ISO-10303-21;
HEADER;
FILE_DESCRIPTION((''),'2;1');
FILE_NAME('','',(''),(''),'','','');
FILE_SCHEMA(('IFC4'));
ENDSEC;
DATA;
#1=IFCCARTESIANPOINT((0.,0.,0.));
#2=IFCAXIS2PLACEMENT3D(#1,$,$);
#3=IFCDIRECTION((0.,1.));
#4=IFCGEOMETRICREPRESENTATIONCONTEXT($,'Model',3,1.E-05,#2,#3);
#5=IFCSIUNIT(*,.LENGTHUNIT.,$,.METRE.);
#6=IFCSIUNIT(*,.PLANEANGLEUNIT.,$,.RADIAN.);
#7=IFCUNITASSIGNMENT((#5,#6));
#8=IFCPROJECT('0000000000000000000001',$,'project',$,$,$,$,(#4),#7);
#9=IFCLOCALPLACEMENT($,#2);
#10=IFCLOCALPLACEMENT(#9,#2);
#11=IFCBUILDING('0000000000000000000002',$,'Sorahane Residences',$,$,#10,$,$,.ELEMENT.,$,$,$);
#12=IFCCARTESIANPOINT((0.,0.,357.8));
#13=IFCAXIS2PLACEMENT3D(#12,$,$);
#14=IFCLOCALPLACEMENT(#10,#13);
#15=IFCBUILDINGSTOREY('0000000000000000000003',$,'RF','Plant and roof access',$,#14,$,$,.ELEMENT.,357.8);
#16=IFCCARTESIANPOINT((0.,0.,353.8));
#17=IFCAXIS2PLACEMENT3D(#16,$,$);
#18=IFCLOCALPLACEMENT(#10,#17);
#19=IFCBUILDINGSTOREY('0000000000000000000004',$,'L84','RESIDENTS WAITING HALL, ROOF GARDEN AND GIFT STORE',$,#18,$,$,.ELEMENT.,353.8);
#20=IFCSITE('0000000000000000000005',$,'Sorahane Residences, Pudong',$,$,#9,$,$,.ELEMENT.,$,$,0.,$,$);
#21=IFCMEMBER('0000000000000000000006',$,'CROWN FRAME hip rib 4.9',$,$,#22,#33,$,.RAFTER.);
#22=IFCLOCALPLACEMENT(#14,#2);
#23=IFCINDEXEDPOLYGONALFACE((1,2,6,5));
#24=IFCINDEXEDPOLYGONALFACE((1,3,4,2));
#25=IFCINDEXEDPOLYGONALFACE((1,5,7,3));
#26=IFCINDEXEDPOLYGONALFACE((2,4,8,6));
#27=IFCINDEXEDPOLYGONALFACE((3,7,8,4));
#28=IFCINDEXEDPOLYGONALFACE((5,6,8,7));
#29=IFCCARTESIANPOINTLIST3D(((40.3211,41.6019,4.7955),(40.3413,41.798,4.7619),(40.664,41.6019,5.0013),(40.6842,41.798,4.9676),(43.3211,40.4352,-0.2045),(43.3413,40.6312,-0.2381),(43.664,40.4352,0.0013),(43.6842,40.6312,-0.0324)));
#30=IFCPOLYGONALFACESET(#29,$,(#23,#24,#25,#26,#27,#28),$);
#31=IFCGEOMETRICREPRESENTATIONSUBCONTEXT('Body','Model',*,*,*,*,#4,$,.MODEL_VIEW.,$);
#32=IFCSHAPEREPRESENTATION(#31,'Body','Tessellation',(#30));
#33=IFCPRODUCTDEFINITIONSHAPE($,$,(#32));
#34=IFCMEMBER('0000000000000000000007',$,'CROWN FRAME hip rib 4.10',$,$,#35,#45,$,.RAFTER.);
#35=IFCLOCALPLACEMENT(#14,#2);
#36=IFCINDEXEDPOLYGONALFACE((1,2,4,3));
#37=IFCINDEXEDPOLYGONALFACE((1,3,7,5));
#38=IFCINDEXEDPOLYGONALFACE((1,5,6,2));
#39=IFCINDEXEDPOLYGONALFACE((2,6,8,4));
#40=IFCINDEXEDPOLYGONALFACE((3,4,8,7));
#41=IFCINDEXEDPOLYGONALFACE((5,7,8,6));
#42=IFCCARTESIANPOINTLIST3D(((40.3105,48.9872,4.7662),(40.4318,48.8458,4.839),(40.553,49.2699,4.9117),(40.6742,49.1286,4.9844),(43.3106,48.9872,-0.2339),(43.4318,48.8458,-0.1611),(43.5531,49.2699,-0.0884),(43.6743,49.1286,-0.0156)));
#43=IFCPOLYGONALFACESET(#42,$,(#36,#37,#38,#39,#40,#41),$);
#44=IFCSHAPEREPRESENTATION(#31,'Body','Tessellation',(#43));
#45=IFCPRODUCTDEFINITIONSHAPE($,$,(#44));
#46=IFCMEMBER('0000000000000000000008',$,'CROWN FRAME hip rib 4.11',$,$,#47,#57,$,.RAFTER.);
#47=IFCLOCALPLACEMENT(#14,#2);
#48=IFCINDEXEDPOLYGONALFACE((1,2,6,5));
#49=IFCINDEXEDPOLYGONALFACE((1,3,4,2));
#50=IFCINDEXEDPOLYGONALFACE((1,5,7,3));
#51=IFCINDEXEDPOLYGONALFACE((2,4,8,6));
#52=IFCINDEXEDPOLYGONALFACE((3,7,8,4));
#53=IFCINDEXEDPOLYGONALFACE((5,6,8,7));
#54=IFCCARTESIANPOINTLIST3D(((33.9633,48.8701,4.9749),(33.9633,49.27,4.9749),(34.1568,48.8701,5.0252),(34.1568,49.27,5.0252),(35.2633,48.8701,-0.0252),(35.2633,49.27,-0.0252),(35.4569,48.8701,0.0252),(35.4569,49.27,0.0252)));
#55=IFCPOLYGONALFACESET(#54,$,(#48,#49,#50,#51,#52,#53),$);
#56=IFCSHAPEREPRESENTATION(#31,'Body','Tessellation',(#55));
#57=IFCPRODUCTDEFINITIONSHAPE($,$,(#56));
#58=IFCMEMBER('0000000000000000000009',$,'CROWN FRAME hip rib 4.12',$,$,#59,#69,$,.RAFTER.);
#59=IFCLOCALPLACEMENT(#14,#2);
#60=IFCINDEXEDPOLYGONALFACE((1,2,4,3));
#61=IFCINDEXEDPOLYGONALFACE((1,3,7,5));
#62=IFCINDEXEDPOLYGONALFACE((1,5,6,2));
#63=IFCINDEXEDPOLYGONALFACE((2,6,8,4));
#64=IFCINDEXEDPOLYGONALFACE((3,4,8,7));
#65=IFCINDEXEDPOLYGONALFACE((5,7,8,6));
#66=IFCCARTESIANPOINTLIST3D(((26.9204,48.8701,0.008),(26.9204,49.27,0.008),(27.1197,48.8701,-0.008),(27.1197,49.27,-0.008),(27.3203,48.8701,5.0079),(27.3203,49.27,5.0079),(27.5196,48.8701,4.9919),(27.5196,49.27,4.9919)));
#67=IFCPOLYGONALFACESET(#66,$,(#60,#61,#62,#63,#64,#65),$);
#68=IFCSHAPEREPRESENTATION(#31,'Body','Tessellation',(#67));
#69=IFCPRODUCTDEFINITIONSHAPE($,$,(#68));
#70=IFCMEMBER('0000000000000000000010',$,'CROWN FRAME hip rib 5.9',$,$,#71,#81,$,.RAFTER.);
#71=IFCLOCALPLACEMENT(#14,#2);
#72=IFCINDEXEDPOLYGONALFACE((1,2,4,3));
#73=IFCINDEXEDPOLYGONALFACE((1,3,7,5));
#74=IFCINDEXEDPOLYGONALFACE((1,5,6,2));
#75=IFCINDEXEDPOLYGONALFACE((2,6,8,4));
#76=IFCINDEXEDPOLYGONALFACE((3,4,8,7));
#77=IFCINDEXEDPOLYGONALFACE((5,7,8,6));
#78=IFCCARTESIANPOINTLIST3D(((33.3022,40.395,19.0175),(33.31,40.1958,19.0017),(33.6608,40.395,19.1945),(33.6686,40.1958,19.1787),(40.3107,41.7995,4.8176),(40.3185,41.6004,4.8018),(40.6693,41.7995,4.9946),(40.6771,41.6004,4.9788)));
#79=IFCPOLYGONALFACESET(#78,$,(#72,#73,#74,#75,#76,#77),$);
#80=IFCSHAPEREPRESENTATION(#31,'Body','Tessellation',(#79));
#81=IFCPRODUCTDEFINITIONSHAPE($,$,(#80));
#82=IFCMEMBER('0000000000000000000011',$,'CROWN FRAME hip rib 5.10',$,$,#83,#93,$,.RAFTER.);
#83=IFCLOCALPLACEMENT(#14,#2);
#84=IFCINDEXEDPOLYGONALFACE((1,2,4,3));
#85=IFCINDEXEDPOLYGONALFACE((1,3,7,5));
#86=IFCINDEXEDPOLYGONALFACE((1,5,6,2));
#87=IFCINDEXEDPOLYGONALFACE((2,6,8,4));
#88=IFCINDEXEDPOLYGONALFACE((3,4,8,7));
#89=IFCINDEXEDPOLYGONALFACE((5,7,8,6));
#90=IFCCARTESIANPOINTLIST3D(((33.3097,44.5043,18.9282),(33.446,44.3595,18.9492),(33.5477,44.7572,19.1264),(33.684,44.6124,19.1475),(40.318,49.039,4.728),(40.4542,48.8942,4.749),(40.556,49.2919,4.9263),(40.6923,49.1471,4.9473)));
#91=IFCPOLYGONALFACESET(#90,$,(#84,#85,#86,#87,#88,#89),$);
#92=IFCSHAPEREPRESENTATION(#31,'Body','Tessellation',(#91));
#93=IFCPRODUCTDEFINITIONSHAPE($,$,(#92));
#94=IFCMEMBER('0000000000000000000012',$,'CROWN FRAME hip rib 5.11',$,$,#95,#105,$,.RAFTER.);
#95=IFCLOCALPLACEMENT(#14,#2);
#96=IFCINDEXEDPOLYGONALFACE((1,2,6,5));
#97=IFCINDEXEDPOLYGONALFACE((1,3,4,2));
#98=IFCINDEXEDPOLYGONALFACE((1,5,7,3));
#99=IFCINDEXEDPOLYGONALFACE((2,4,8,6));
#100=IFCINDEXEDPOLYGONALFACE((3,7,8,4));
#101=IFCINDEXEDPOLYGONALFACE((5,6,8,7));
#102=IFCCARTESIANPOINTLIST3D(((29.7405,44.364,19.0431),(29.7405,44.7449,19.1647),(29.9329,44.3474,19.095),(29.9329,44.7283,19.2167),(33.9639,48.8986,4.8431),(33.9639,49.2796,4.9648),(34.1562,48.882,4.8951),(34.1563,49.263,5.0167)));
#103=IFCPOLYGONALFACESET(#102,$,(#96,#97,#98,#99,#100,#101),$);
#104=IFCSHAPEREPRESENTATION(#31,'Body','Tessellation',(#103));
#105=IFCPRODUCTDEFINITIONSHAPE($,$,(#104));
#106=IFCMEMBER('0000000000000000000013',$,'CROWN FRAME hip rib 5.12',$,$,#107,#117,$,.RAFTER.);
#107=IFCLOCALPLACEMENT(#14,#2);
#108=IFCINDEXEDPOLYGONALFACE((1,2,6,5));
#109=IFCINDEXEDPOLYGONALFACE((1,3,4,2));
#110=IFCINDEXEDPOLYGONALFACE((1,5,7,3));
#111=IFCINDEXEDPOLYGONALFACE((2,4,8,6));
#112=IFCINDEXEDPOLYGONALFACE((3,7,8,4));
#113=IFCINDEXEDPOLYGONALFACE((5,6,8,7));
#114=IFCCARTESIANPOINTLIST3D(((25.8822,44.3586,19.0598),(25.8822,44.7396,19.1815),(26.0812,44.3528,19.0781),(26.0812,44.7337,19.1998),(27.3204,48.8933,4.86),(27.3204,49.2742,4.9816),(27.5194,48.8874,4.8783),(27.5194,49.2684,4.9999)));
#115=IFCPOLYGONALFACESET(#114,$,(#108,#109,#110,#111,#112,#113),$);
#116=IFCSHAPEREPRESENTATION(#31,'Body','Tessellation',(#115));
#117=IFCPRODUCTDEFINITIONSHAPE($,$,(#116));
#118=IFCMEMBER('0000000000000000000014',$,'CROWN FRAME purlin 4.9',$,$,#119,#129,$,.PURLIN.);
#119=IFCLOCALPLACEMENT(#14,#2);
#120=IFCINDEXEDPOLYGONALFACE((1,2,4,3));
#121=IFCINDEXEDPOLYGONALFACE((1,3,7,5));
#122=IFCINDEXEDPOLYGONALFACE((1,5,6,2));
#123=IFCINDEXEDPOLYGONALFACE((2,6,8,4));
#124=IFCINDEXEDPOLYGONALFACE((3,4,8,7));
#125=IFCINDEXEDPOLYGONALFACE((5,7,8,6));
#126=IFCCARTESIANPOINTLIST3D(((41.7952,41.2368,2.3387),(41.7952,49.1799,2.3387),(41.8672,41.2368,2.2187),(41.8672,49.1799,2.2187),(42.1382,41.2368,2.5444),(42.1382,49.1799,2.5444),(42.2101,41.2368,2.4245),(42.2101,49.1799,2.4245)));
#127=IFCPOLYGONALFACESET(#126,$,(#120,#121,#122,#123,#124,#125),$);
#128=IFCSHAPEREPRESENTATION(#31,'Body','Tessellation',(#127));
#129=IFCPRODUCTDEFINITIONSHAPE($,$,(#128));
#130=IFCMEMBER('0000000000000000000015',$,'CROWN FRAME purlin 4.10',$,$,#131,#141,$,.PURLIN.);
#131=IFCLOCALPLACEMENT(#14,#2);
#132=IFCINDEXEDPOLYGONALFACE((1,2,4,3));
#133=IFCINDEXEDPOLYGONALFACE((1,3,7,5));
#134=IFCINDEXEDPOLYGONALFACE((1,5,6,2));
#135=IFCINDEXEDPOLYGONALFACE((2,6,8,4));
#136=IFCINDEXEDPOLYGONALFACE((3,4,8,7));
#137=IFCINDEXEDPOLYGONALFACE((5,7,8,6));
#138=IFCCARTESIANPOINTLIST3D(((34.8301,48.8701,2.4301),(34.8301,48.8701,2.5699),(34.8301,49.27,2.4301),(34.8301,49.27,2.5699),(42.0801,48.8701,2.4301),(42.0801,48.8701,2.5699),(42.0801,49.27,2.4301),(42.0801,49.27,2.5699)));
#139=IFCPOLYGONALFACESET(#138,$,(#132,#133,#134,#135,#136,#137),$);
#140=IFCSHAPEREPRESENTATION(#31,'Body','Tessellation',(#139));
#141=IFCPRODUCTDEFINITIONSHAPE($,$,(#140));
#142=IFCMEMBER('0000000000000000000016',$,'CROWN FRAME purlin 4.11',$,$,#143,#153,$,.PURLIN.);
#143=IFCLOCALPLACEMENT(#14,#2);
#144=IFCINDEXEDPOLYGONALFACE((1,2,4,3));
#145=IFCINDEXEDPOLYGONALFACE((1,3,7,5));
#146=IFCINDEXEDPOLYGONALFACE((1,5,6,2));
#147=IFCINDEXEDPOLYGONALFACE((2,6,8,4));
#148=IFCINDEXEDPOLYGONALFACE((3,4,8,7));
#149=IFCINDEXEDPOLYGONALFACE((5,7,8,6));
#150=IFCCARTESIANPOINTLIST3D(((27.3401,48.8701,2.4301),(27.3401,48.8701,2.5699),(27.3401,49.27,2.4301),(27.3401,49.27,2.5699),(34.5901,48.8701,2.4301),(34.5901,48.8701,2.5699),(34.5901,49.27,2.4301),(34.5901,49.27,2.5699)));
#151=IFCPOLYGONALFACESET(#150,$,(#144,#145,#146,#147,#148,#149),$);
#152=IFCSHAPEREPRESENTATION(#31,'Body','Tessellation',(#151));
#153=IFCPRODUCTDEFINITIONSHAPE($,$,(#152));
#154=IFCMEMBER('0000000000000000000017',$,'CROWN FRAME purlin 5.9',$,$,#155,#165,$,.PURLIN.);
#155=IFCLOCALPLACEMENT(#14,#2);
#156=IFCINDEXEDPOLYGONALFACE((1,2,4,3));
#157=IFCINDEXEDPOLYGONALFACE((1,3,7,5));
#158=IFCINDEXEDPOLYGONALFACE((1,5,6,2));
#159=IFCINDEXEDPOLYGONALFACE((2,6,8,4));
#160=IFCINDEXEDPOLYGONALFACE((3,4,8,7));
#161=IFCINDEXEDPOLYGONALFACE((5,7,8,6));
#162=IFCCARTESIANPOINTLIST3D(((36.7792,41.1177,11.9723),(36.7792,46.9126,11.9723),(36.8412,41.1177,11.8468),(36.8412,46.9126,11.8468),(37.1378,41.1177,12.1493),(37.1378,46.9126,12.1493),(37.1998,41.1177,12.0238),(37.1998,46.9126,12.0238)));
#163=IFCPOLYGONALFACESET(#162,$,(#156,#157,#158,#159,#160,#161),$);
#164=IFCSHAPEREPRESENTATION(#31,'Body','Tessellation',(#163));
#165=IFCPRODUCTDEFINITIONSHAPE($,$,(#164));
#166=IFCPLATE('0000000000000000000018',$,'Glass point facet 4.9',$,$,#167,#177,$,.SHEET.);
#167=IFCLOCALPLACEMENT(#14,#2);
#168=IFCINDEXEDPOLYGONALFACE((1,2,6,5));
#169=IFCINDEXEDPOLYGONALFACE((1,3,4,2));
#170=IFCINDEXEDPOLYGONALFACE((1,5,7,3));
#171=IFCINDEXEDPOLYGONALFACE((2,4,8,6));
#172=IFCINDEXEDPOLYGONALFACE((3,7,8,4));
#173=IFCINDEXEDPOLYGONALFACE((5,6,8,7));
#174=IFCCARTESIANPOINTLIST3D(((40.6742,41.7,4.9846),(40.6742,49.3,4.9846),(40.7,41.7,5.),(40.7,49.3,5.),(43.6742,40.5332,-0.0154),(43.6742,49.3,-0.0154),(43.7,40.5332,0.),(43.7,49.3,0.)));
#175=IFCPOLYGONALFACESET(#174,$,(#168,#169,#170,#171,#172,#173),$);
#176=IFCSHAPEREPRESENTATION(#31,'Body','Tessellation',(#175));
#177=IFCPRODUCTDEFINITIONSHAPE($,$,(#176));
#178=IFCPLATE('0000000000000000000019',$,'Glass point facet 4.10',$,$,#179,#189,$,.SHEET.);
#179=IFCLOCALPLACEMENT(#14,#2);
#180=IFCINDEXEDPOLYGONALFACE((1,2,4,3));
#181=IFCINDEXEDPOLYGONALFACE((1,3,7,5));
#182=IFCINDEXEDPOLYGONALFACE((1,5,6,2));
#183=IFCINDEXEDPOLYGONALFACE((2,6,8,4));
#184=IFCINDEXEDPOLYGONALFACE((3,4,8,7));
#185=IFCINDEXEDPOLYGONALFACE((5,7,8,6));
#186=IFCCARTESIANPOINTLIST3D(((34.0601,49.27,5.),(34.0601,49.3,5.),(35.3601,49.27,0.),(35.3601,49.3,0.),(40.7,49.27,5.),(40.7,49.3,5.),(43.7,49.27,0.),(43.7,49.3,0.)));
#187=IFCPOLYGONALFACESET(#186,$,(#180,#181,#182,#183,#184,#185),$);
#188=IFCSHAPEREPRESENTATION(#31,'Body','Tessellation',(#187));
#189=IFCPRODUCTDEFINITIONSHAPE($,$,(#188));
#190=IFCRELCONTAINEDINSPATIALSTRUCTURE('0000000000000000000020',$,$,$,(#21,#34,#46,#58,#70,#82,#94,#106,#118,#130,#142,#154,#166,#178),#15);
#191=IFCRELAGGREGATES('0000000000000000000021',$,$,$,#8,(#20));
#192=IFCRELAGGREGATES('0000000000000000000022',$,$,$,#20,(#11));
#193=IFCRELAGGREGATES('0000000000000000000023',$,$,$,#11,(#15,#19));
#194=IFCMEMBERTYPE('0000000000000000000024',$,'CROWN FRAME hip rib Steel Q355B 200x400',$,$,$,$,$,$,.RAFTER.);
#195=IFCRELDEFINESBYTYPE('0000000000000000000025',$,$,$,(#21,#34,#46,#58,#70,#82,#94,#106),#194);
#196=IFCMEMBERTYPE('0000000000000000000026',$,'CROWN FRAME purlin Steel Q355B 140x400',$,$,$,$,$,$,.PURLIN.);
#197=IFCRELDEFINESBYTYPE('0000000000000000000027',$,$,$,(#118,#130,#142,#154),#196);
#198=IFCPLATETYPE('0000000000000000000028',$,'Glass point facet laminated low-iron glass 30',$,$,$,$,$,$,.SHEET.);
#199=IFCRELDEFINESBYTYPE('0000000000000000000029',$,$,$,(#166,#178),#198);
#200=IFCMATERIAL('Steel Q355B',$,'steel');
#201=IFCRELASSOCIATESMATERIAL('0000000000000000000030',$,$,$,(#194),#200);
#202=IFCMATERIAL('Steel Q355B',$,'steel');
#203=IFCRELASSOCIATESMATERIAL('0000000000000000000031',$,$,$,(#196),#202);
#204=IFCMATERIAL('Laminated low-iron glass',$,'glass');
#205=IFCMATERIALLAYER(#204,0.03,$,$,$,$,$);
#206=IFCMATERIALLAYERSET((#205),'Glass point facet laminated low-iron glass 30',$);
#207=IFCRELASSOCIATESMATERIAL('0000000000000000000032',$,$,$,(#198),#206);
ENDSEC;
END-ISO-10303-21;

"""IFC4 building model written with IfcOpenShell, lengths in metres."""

from ifc_helpers import new_model, si_unit, direction, frame, origin, origin_2d, place, context, subcontext, project, spatial, polyline, rectangle, outline, extrude, material, layer, layer_set, material_profile, profile_set, type_object, element, save


model = new_model("IFC4")

# Units and contexts
model_context = context("Model", 3, precision=1e-05, world=origin(), true_north=direction((0.0, 1.0)))
body_context = subcontext(model_context, "Body", "Model", "MODEL_VIEW")
ifc_project = project(units=[si_unit("LENGTHUNIT", "METRE"), si_unit("PLANEANGLEUNIT", "RADIAN")], contexts=[model_context])

# Site, building, storey
site_placement = place(None, origin())
site = spatial("IfcSite", under=ifc_project, at=site_placement, Name="Sorahane Residences, Pudong", CompositionType="ELEMENT", RefElevation=0.0)
building_placement = place(site_placement, origin())
building = spatial("IfcBuilding", under=site, at=building_placement, Name="Sorahane Residences", CompositionType="ELEMENT")
storey_1_placement = place(building_placement, frame((0.0, 0.0, 357.8)))
storey_1 = spatial("IfcBuildingStorey", under=building, at=storey_1_placement, Name="RF", Description="Plant and roof access", CompositionType="ELEMENT", Elevation=357.8)

# Members
ifc_material_1 = material(Name="Steel Q355B", Category="steel")
ifc_material_profile_1 = material_profile(ifc_material_1, rectangle(XDim=0.2, YDim=0.3999, at=origin_2d()), Name="CROWN FRAME hip rib Steel Q355B 200x400")
ifc_profile_set_1 = profile_set([ifc_material_profile_1], Name="Steel Q355B")
member_type_1 = type_object("IfcMemberType", Name="CROWN FRAME hip rib Steel Q355B 200x400", PredefinedType="RAFTER", material=ifc_profile_set_1)
member_1_placement = place(storey_1_placement, frame((43.5027, 40.5332, -0.1184), z_axis=(-0.504495, 0.196206, 0.840826), x_axis=(-0.100964, -0.980563, 0.168236)))
element("IfcMember", 1, at=member_1_placement, inside=storey_1, type_object=member_type_1, Name="CROWN FRAME hip rib 4.9", PredefinedType="RAFTER", context=body_context, shape_type="SweptSolid", body=[
    extrude(rectangle(XDim=0.2, YDim=0.3999, at=origin_2d()), origin(), (0.0, 0.0, 1.0), 5.9465),
])
member_2_placement = place(storey_1_placement, frame((43.4924, 49.0579, -0.1248), z_axis=(-0.514496, 0.0, 0.857493), x_axis=(0.606339, -0.707107, 0.363803)))
element("IfcMember", 2, at=member_2_placement, inside=storey_1, type_object=member_type_1, Name="CROWN FRAME hip rib 4.10", PredefinedType="RAFTER", context=body_context, shape_type="SweptSolid", body=[
    extrude(rectangle(XDim=0.2, YDim=0.3999, at=origin_2d()), origin(), (0.0, 0.0, 1.0), 5.8311),
])
member_3_placement = place(storey_1_placement, frame((35.3601, 49.0701, 0.0), z_axis=(-0.251643, 0.0, 0.96782), x_axis=(0.96782, 0.0, 0.251643)))
element("IfcMember", 3, at=member_3_placement, inside=storey_1, type_object=member_type_1, Name="CROWN FRAME hip rib 4.11", PredefinedType="RAFTER", context=body_context, shape_type="SweptSolid", body=[
    extrude(rectangle(XDim=0.2, YDim=0.3999, at=origin_2d()), origin(), (0.0, 0.0, 1.0), 5.1663),
])
member_4_placement = place(storey_1_placement, frame((27.02, 49.0701, 0.0), z_axis=(0.079726, 0.0, 0.996817), x_axis=(0.996817, 0.0, -0.079726)))
element("IfcMember", 4, at=member_4_placement, inside=storey_1, type_object=member_type_1, Name="CROWN FRAME hip rib 4.12", PredefinedType="RAFTER", context=body_context, shape_type="SweptSolid", body=[
    extrude(rectangle(XDim=0.2, YDim=0.3999, at=origin_2d()), origin(), (0.0, 0.0, 1.0), 5.0159),
])
member_5_placement = place(storey_1_placement, frame((40.4939, 41.7, 4.8982), z_axis=(-0.440858, -0.08835, 0.893218), x_axis=(0.039078, -0.99609, -0.079238)))
element("IfcMember", 5, at=member_5_placement, inside=storey_1, type_object=member_type_1, Name="CROWN FRAME hip rib 5.9", PredefinedType="RAFTER", context=body_context, shape_type="SweptSolid", body=[
    extrude(rectangle(XDim=0.2, YDim=0.3999, at=origin_2d()), origin(), (0.0, 0.0, 1.0), 15.8975),
])
member_6_placement = place(storey_1_placement, frame((40.5051, 49.093, 4.8376), z_axis=(-0.425469, -0.275296, 0.862084), x_axis=(0.681625, -0.724103, 0.105172)))
element("IfcMember", 6, at=member_6_placement, inside=storey_1, type_object=member_type_1, Name="CROWN FRAME hip rib 5.10", PredefinedType="RAFTER", context=body_context, shape_type="SweptSolid", body=[
    extrude(rectangle(XDim=0.2, YDim=0.3999, at=origin_2d()), origin(), (0.0, 0.0, 1.0), 16.4719),
])
member_7_placement = place(storey_1_placement, frame((34.0601, 49.0808, 4.9299), z_axis=(-0.272597, -0.292688, 0.916529), x_axis=(0.962128, -0.082944, 0.259671)))
element("IfcMember", 7, at=member_7_placement, inside=storey_1, type_object=member_type_1, Name="CROWN FRAME hip rib 5.11", PredefinedType="RAFTER", context=body_context, shape_type="SweptSolid", body=[
    extrude(rectangle(XDim=0.2, YDim=0.3999, at=origin_2d()), origin(), (0.0, 0.0, 1.0), 15.4932),
])
member_8_placement = place(storey_1_placement, frame((27.4199, 49.0808, 4.9299), z_axis=(-0.096038, -0.302803, 0.948202), x_axis=(0.995378, -0.029209, 0.091488)))
element("IfcMember", 8, at=member_8_placement, inside=storey_1, type_object=member_type_1, Name="CROWN FRAME hip rib 5.12", PredefinedType="RAFTER", context=body_context, shape_type="SweptSolid", body=[
    extrude(rectangle(XDim=0.2, YDim=0.3999, at=origin_2d()), origin(), (0.0, 0.0, 1.0), 14.9756),
])
ifc_material_2 = material(Name="Steel Q355B", Category="steel")
ifc_material_profile_2 = material_profile(ifc_material_2, rectangle(XDim=0.1399, YDim=0.3999, at=origin_2d()), Name="CROWN FRAME purlin Steel Q355B 140x400")
ifc_profile_set_2 = profile_set([ifc_material_profile_2], Name="Steel Q355B")
member_type_2 = type_object("IfcMemberType", Name="CROWN FRAME purlin Steel Q355B 140x400", PredefinedType="PURLIN", material=ifc_profile_set_2)
member_9_placement = place(storey_1_placement, frame((42.0027, 41.2368, 2.3816), z_axis=(0.0, 1.0, 0.0), x_axis=(-0.514496, 0.0, 0.857493)))
element("IfcMember", 9, at=member_9_placement, inside=storey_1, type_object=member_type_2, Name="CROWN FRAME purlin 4.9", PredefinedType="PURLIN", context=body_context, shape_type="SweptSolid", body=[
    extrude(rectangle(XDim=0.1399, YDim=0.3999, at=origin_2d()), origin(), (0.0, 0.0, 1.0), 7.9431),
])
for number, where, z_axis, x_axis, name in (
    (10, (34.8301, 49.0701, 2.5), (1.0, 0.0, 0.0), (0.0, 0.0, -1.0), "CROWN FRAME purlin 4.10"),
    (11, (27.3401, 49.0701, 2.5), (1.0, 0.0, 0.0), (0.0, 0.0, -1.0), "CROWN FRAME purlin 4.11"),
):
    element("IfcMember", number, at=place(storey_1_placement, frame(where, z_axis=z_axis, x_axis=x_axis)), inside=storey_1, type_object=member_type_2, Name=name, PredefinedType="PURLIN", context=body_context, shape_type="SweptSolid", body=[
        extrude(rectangle(XDim=0.1399, YDim=0.3999, at=origin_2d()), origin(), (0.0, 0.0, 1.0), 7.25),
    ])
member_10_placement = place(storey_1_placement, frame((36.9895, 41.1177, 11.998), z_axis=(0.0, 1.0, 0.0), x_axis=(-0.44258, 0.0, 0.896729)))
element("IfcMember", 12, at=member_10_placement, inside=storey_1, type_object=member_type_2, Name="CROWN FRAME purlin 5.9", PredefinedType="PURLIN", context=body_context, shape_type="SweptSolid", body=[
    extrude(rectangle(XDim=0.1399, YDim=0.3999, at=origin_2d()), origin(), (0.0, 0.0, 1.0), 5.7949),
])

# Plates
ifc_material_3 = material(Name="Laminated low-iron glass", Category="glass")
ifc_layer_1 = layer(ifc_material_3, 0.03)
ifc_layer_set_1 = layer_set([ifc_layer_1], Name="Glass point facet laminated low-iron glass 30")
plate_type = type_object("IfcPlateType", Name="Glass point facet laminated low-iron glass 30", PredefinedType="SHEET", material=ifc_layer_set_1)
plate_1_placement = place(storey_1_placement, frame((43.7, 40.5332, 0.0), z_axis=(0.857493, 0.0, 0.514496), x_axis=(0.0, 1.0, 0.0)))
element("IfcPlate", 13, at=plate_1_placement, inside=storey_1, type_object=plate_type, Name="Glass point facet 4.9", PredefinedType="SHEET", context=body_context, shape_type="SweptSolid", body=[
    extrude(outline(polyline([(0.0, 0.0), (8.7668, 0.0), (8.7668, 5.831), (1.1667, 5.831), (0.0, 0.0)])), origin(), (0.0, 0.0, -1.0), 0.03),
])
plate_2_placement = place(storey_1_placement, frame((43.7, 49.3, 0.0), z_axis=(0.0, 1.0, 0.0), x_axis=(-1.0, 0.0, 0.0)))
element("IfcPlate", 14, at=plate_2_placement, inside=storey_1, type_object=plate_type, Name="Glass point facet 4.10", PredefinedType="SHEET", context=body_context, shape_type="SweptSolid", body=[
    extrude(outline(polyline([(0.0, 0.0), (8.3398, 0.0), (9.6399, 5.0), (3.0, 5.0), (0.0, 0.0)])), origin(), (0.0, 0.0, -1.0), 0.03),
])

# Shared definitions
storey_2_placement = place(building_placement, frame((0.0, 0.0, 353.8)))
storey_2 = spatial("IfcBuildingStorey", under=building, at=storey_2_placement, Name="L84", Description="RESIDENTS WAITING HALL, ROOF GARDEN AND GIFT STORE", CompositionType="ELEMENT", Elevation=353.8)

save(model, "model.ifc")
